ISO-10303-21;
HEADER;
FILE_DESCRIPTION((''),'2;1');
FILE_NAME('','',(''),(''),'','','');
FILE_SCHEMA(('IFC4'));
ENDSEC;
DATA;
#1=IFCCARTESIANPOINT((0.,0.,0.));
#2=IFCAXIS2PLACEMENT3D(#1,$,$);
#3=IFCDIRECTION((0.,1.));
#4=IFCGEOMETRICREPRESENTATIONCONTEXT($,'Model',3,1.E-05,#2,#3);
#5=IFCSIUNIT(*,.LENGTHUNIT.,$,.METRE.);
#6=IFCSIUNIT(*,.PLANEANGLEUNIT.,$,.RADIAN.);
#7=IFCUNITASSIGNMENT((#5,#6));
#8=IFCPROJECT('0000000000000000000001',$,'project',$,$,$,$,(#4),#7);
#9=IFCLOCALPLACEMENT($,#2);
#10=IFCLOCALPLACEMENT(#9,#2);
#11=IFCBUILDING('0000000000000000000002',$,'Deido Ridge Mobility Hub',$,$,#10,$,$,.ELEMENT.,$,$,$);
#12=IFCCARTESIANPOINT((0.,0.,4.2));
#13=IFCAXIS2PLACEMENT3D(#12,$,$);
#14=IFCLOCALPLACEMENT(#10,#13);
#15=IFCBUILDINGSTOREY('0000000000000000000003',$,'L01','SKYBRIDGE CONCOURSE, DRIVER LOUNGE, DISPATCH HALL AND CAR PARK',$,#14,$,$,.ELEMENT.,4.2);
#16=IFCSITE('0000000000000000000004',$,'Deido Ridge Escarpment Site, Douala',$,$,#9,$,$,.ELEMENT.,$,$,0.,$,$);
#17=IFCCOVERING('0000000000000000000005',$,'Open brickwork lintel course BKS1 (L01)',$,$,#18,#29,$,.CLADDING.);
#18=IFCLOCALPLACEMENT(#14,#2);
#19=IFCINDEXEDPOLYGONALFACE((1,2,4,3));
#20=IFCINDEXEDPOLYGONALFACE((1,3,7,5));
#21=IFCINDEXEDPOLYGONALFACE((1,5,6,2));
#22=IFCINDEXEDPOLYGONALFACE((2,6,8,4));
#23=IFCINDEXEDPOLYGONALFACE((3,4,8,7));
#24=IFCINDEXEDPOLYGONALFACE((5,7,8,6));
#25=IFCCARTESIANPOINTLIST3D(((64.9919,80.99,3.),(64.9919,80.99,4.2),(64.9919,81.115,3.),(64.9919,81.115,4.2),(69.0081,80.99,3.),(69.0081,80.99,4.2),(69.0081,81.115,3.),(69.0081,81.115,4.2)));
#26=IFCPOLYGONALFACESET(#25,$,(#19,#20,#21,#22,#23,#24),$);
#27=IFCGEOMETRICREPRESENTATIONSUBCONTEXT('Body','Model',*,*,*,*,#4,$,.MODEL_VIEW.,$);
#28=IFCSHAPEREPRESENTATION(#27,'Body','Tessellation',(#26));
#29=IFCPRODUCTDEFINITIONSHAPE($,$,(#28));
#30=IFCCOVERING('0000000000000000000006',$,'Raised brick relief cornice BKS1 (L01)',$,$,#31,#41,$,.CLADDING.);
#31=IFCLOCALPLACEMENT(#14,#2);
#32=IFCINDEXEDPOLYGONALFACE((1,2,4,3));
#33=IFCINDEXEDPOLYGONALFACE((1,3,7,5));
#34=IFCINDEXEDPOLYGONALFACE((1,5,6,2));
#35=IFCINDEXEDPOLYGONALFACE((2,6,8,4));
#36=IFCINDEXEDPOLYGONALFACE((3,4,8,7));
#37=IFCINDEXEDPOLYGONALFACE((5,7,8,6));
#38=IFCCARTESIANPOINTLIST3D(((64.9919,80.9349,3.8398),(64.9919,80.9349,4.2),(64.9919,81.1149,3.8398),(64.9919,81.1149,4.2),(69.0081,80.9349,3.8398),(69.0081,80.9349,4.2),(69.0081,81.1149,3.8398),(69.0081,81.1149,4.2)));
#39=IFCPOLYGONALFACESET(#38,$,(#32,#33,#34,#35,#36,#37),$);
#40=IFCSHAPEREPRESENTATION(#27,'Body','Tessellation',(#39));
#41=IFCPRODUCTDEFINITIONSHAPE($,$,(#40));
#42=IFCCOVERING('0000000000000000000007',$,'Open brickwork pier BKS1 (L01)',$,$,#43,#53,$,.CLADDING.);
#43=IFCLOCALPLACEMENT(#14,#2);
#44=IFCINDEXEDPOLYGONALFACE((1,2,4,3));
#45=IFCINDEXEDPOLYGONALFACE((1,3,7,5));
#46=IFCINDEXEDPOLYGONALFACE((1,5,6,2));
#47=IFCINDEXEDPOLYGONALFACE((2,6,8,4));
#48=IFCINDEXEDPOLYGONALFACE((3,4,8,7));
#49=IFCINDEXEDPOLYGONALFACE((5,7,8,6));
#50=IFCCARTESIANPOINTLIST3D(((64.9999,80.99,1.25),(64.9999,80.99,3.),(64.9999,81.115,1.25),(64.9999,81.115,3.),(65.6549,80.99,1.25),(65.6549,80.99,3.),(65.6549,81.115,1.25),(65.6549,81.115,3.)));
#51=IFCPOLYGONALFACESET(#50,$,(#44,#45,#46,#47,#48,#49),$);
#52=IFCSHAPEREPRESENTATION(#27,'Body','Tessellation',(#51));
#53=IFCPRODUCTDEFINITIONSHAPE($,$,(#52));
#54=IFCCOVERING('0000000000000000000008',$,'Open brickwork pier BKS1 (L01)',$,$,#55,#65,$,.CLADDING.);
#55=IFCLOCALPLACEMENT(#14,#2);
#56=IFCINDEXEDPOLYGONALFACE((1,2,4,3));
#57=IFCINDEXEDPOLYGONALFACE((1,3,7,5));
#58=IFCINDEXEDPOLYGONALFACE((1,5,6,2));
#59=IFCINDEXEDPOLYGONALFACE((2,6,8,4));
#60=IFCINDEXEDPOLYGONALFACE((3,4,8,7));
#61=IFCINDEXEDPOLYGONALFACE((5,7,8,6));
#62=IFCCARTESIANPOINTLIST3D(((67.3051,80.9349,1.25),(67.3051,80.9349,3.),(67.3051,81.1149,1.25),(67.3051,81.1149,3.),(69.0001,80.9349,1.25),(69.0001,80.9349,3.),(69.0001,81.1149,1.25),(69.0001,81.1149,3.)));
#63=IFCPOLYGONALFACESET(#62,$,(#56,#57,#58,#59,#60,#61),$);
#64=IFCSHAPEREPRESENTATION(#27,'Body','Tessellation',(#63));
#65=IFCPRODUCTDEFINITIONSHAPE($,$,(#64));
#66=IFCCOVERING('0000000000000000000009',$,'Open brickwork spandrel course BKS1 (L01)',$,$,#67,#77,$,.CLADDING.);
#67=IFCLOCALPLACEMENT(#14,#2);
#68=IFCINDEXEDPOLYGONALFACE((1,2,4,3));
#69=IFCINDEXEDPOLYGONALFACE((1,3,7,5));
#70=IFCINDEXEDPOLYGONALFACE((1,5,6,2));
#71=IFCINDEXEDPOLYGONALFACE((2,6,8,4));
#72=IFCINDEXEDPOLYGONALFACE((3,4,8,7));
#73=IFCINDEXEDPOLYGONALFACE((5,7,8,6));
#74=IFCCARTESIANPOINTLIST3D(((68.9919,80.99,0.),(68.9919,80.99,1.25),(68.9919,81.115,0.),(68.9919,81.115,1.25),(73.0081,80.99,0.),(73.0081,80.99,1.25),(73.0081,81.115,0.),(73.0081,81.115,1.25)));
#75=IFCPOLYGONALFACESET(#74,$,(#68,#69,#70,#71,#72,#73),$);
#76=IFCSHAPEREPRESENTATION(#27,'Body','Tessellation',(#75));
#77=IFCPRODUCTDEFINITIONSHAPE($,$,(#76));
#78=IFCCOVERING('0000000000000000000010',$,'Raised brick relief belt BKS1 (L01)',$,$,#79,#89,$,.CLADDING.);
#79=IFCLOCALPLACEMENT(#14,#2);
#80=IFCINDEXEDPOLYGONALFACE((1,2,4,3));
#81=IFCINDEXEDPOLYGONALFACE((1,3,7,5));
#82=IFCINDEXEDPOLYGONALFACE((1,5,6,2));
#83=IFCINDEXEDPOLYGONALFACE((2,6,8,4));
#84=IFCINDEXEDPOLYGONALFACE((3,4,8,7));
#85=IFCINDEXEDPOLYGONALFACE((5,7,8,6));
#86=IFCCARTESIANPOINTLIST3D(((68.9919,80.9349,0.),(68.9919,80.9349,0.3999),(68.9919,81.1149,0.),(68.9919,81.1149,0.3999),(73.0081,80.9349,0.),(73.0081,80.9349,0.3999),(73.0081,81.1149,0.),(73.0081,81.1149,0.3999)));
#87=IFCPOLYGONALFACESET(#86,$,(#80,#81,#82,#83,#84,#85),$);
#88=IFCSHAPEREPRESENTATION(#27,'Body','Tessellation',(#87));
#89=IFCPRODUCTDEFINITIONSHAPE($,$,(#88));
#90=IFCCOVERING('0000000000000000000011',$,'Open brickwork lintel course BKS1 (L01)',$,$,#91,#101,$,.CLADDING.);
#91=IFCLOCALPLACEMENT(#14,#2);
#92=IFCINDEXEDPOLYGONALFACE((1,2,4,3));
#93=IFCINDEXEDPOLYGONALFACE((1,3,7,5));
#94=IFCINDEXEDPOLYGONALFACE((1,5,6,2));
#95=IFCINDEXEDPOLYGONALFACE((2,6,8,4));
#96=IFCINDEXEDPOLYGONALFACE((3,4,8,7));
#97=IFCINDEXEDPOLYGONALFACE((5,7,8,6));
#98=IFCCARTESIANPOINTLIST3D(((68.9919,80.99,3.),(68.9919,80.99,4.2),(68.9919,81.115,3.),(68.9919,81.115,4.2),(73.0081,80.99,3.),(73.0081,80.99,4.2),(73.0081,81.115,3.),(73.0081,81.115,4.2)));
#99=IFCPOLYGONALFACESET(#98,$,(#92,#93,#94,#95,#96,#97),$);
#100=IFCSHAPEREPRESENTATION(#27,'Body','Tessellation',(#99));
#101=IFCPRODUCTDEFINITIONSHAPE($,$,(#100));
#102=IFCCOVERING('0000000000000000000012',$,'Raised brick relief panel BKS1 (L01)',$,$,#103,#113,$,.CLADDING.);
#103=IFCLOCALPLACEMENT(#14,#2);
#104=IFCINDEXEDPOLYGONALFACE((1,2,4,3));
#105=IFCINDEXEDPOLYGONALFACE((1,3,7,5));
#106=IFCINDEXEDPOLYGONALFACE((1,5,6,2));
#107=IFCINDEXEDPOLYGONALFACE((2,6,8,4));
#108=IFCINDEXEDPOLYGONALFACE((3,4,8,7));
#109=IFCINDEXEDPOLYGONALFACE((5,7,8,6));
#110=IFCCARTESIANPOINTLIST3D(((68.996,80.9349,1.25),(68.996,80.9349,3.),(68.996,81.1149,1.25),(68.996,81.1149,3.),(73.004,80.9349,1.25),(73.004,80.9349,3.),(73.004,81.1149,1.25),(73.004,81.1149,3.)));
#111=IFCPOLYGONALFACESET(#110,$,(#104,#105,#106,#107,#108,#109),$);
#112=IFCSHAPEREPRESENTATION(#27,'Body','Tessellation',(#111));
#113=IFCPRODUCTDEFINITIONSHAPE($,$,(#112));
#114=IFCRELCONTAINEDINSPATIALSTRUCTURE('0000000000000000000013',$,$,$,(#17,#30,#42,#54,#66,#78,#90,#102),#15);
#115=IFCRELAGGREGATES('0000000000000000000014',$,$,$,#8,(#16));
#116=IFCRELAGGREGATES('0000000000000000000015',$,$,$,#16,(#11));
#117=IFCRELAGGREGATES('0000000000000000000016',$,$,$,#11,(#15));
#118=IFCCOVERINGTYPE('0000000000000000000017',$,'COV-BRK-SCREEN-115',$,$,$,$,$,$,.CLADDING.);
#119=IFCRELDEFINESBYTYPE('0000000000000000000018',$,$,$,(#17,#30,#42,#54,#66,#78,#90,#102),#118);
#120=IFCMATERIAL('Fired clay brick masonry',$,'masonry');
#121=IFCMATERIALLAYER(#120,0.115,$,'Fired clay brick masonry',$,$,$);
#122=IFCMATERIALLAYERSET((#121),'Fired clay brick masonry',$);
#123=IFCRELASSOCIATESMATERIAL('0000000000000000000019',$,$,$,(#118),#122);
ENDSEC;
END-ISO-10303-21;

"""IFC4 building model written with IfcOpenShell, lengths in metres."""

from ifc_helpers import new_model, si_unit, direction, frame, origin, origin_2d, place, context, subcontext, project, spatial, rectangle, extrude, material, layer, layer_set, type_object, element, save


model = new_model("IFC4")

# Units and contexts
model_context = context("Model", 3, precision=1e-05, world=origin(), true_north=direction((0.0, 1.0)))
body_context = subcontext(model_context, "Body", "Model", "MODEL_VIEW")
ifc_project = project(units=[si_unit("LENGTHUNIT", "METRE"), si_unit("PLANEANGLEUNIT", "RADIAN")], contexts=[model_context])

# Site, building, storey
site_placement = place(None, origin())
site = spatial("IfcSite", under=ifc_project, at=site_placement, Name="Deido Ridge Escarpment Site, Douala", CompositionType="ELEMENT", RefElevation=0.0)
building_placement = place(site_placement, origin())
building = spatial("IfcBuilding", under=site, at=building_placement, Name="Deido Ridge Mobility Hub", CompositionType="ELEMENT")
storey_placement = place(building_placement, frame((0.0, 0.0, 4.2)))
storey = spatial("IfcBuildingStorey", under=building, at=storey_placement, Name="L01", Description="SKYBRIDGE CONCOURSE, DRIVER LOUNGE, DISPATCH HALL AND CAR PARK", CompositionType="ELEMENT", Elevation=4.2)

# Coverings
ifc_material_1 = material(Name="Fired clay brick masonry", Category="masonry")
ifc_layer_1 = layer(ifc_material_1, 0.115, Name="Fired clay brick masonry")
ifc_layer_set_1 = layer_set([ifc_layer_1], Name="Fired clay brick masonry")
covering_type = type_object("IfcCoveringType", Name="COV-BRK-SCREEN-115", PredefinedType="CLADDING", material=ifc_layer_set_1)
covering_1_placement = place(storey_placement, frame((67.0, 81.0525, 3.0), z_axis=(0.0, 0.0, 1.0), x_axis=(1.0, 0.0, 0.0)))
element("IfcCovering", 1, at=covering_1_placement, inside=storey, type_object=covering_type, Name="Open brickwork lintel course BKS1 (L01)", PredefinedType="CLADDING", context=body_context, shape_type="SweptSolid", body=[
    extrude(rectangle(XDim=4.0161, YDim=0.125, at=origin_2d()), origin(), (0.0, 0.0, 1.0), 1.2),
])
covering_2_placement = place(storey_placement, frame((67.0, 81.0249, 3.8398), z_axis=(0.0, 0.0, 1.0), x_axis=(1.0, 0.0, 0.0)))
element("IfcCovering", 2, at=covering_2_placement, inside=storey, type_object=covering_type, Name="Raised brick relief cornice BKS1 (L01)", PredefinedType="CLADDING", context=body_context, shape_type="SweptSolid", body=[
    extrude(rectangle(XDim=4.0161, YDim=0.1799, at=origin_2d()), origin(), (0.0, 0.0, 1.0), 0.3601),
])
covering_3_placement = place(storey_placement, frame((65.3274, 81.0525, 1.25), z_axis=(0.0, 0.0, 1.0), x_axis=(1.0, 0.0, 0.0)))
element("IfcCovering", 3, at=covering_3_placement, inside=storey, type_object=covering_type, Name="Open brickwork pier BKS1 (L01)", PredefinedType="CLADDING", context=body_context, shape_type="SweptSolid", body=[
    extrude(rectangle(XDim=0.655, YDim=0.125, at=origin_2d()), origin(), (0.0, 0.0, 1.0), 1.75),
])
covering_4_placement = place(storey_placement, frame((68.1526, 81.0249, 1.25), z_axis=(0.0, 0.0, 1.0), x_axis=(1.0, 0.0, 0.0)))
element("IfcCovering", 4, at=covering_4_placement, inside=storey, type_object=covering_type, Name="Open brickwork pier BKS1 (L01)", PredefinedType="CLADDING", context=body_context, shape_type="SweptSolid", body=[
    extrude(rectangle(XDim=1.6951, YDim=0.1799, at=origin_2d()), origin(), (0.0, 0.0, 1.0), 1.75),
])
covering_5_placement = place(storey_placement, frame((71.0, 81.0525, 0.0), z_axis=(0.0, 0.0, 1.0), x_axis=(1.0, 0.0, 0.0)))
element("IfcCovering", 5, at=covering_5_placement, inside=storey, type_object=covering_type, Name="Open brickwork spandrel course BKS1 (L01)", PredefinedType="CLADDING", context=body_context, shape_type="SweptSolid", body=[
    extrude(rectangle(XDim=4.0161, YDim=0.125, at=origin_2d()), origin(), (0.0, 0.0, 1.0), 1.25),
])
covering_6_placement = place(storey_placement, frame((71.0, 81.0249, 0.0), z_axis=(0.0, 0.0, 1.0), x_axis=(1.0, 0.0, 0.0)))
element("IfcCovering", 6, at=covering_6_placement, inside=storey, type_object=covering_type, Name="Raised brick relief belt BKS1 (L01)", PredefinedType="CLADDING", context=body_context, shape_type="SweptSolid", body=[
    extrude(rectangle(XDim=4.0161, YDim=0.1799, at=origin_2d()), origin(), (0.0, 0.0, 1.0), 0.3999),
])
covering_7_placement = place(storey_placement, frame((71.0, 81.0525, 3.0), z_axis=(0.0, 0.0, 1.0), x_axis=(1.0, 0.0, 0.0)))
element("IfcCovering", 7, at=covering_7_placement, inside=storey, type_object=covering_type, Name="Open brickwork lintel course BKS1 (L01)", PredefinedType="CLADDING", context=body_context, shape_type="SweptSolid", body=[
    extrude(rectangle(XDim=4.0161, YDim=0.125, at=origin_2d()), origin(), (0.0, 0.0, 1.0), 1.2),
])
covering_8_placement = place(storey_placement, frame((71.0, 81.0249, 1.25), z_axis=(0.0, 0.0, 1.0), x_axis=(1.0, 0.0, 0.0)))
element("IfcCovering", 8, at=covering_8_placement, inside=storey, type_object=covering_type, Name="Raised brick relief panel BKS1 (L01)", PredefinedType="CLADDING", context=body_context, shape_type="SweptSolid", body=[
    extrude(rectangle(XDim=4.0081, YDim=0.1799, at=origin_2d()), origin(), (0.0, 0.0, 1.0), 1.75),
])

save(model, "model.ifc")
